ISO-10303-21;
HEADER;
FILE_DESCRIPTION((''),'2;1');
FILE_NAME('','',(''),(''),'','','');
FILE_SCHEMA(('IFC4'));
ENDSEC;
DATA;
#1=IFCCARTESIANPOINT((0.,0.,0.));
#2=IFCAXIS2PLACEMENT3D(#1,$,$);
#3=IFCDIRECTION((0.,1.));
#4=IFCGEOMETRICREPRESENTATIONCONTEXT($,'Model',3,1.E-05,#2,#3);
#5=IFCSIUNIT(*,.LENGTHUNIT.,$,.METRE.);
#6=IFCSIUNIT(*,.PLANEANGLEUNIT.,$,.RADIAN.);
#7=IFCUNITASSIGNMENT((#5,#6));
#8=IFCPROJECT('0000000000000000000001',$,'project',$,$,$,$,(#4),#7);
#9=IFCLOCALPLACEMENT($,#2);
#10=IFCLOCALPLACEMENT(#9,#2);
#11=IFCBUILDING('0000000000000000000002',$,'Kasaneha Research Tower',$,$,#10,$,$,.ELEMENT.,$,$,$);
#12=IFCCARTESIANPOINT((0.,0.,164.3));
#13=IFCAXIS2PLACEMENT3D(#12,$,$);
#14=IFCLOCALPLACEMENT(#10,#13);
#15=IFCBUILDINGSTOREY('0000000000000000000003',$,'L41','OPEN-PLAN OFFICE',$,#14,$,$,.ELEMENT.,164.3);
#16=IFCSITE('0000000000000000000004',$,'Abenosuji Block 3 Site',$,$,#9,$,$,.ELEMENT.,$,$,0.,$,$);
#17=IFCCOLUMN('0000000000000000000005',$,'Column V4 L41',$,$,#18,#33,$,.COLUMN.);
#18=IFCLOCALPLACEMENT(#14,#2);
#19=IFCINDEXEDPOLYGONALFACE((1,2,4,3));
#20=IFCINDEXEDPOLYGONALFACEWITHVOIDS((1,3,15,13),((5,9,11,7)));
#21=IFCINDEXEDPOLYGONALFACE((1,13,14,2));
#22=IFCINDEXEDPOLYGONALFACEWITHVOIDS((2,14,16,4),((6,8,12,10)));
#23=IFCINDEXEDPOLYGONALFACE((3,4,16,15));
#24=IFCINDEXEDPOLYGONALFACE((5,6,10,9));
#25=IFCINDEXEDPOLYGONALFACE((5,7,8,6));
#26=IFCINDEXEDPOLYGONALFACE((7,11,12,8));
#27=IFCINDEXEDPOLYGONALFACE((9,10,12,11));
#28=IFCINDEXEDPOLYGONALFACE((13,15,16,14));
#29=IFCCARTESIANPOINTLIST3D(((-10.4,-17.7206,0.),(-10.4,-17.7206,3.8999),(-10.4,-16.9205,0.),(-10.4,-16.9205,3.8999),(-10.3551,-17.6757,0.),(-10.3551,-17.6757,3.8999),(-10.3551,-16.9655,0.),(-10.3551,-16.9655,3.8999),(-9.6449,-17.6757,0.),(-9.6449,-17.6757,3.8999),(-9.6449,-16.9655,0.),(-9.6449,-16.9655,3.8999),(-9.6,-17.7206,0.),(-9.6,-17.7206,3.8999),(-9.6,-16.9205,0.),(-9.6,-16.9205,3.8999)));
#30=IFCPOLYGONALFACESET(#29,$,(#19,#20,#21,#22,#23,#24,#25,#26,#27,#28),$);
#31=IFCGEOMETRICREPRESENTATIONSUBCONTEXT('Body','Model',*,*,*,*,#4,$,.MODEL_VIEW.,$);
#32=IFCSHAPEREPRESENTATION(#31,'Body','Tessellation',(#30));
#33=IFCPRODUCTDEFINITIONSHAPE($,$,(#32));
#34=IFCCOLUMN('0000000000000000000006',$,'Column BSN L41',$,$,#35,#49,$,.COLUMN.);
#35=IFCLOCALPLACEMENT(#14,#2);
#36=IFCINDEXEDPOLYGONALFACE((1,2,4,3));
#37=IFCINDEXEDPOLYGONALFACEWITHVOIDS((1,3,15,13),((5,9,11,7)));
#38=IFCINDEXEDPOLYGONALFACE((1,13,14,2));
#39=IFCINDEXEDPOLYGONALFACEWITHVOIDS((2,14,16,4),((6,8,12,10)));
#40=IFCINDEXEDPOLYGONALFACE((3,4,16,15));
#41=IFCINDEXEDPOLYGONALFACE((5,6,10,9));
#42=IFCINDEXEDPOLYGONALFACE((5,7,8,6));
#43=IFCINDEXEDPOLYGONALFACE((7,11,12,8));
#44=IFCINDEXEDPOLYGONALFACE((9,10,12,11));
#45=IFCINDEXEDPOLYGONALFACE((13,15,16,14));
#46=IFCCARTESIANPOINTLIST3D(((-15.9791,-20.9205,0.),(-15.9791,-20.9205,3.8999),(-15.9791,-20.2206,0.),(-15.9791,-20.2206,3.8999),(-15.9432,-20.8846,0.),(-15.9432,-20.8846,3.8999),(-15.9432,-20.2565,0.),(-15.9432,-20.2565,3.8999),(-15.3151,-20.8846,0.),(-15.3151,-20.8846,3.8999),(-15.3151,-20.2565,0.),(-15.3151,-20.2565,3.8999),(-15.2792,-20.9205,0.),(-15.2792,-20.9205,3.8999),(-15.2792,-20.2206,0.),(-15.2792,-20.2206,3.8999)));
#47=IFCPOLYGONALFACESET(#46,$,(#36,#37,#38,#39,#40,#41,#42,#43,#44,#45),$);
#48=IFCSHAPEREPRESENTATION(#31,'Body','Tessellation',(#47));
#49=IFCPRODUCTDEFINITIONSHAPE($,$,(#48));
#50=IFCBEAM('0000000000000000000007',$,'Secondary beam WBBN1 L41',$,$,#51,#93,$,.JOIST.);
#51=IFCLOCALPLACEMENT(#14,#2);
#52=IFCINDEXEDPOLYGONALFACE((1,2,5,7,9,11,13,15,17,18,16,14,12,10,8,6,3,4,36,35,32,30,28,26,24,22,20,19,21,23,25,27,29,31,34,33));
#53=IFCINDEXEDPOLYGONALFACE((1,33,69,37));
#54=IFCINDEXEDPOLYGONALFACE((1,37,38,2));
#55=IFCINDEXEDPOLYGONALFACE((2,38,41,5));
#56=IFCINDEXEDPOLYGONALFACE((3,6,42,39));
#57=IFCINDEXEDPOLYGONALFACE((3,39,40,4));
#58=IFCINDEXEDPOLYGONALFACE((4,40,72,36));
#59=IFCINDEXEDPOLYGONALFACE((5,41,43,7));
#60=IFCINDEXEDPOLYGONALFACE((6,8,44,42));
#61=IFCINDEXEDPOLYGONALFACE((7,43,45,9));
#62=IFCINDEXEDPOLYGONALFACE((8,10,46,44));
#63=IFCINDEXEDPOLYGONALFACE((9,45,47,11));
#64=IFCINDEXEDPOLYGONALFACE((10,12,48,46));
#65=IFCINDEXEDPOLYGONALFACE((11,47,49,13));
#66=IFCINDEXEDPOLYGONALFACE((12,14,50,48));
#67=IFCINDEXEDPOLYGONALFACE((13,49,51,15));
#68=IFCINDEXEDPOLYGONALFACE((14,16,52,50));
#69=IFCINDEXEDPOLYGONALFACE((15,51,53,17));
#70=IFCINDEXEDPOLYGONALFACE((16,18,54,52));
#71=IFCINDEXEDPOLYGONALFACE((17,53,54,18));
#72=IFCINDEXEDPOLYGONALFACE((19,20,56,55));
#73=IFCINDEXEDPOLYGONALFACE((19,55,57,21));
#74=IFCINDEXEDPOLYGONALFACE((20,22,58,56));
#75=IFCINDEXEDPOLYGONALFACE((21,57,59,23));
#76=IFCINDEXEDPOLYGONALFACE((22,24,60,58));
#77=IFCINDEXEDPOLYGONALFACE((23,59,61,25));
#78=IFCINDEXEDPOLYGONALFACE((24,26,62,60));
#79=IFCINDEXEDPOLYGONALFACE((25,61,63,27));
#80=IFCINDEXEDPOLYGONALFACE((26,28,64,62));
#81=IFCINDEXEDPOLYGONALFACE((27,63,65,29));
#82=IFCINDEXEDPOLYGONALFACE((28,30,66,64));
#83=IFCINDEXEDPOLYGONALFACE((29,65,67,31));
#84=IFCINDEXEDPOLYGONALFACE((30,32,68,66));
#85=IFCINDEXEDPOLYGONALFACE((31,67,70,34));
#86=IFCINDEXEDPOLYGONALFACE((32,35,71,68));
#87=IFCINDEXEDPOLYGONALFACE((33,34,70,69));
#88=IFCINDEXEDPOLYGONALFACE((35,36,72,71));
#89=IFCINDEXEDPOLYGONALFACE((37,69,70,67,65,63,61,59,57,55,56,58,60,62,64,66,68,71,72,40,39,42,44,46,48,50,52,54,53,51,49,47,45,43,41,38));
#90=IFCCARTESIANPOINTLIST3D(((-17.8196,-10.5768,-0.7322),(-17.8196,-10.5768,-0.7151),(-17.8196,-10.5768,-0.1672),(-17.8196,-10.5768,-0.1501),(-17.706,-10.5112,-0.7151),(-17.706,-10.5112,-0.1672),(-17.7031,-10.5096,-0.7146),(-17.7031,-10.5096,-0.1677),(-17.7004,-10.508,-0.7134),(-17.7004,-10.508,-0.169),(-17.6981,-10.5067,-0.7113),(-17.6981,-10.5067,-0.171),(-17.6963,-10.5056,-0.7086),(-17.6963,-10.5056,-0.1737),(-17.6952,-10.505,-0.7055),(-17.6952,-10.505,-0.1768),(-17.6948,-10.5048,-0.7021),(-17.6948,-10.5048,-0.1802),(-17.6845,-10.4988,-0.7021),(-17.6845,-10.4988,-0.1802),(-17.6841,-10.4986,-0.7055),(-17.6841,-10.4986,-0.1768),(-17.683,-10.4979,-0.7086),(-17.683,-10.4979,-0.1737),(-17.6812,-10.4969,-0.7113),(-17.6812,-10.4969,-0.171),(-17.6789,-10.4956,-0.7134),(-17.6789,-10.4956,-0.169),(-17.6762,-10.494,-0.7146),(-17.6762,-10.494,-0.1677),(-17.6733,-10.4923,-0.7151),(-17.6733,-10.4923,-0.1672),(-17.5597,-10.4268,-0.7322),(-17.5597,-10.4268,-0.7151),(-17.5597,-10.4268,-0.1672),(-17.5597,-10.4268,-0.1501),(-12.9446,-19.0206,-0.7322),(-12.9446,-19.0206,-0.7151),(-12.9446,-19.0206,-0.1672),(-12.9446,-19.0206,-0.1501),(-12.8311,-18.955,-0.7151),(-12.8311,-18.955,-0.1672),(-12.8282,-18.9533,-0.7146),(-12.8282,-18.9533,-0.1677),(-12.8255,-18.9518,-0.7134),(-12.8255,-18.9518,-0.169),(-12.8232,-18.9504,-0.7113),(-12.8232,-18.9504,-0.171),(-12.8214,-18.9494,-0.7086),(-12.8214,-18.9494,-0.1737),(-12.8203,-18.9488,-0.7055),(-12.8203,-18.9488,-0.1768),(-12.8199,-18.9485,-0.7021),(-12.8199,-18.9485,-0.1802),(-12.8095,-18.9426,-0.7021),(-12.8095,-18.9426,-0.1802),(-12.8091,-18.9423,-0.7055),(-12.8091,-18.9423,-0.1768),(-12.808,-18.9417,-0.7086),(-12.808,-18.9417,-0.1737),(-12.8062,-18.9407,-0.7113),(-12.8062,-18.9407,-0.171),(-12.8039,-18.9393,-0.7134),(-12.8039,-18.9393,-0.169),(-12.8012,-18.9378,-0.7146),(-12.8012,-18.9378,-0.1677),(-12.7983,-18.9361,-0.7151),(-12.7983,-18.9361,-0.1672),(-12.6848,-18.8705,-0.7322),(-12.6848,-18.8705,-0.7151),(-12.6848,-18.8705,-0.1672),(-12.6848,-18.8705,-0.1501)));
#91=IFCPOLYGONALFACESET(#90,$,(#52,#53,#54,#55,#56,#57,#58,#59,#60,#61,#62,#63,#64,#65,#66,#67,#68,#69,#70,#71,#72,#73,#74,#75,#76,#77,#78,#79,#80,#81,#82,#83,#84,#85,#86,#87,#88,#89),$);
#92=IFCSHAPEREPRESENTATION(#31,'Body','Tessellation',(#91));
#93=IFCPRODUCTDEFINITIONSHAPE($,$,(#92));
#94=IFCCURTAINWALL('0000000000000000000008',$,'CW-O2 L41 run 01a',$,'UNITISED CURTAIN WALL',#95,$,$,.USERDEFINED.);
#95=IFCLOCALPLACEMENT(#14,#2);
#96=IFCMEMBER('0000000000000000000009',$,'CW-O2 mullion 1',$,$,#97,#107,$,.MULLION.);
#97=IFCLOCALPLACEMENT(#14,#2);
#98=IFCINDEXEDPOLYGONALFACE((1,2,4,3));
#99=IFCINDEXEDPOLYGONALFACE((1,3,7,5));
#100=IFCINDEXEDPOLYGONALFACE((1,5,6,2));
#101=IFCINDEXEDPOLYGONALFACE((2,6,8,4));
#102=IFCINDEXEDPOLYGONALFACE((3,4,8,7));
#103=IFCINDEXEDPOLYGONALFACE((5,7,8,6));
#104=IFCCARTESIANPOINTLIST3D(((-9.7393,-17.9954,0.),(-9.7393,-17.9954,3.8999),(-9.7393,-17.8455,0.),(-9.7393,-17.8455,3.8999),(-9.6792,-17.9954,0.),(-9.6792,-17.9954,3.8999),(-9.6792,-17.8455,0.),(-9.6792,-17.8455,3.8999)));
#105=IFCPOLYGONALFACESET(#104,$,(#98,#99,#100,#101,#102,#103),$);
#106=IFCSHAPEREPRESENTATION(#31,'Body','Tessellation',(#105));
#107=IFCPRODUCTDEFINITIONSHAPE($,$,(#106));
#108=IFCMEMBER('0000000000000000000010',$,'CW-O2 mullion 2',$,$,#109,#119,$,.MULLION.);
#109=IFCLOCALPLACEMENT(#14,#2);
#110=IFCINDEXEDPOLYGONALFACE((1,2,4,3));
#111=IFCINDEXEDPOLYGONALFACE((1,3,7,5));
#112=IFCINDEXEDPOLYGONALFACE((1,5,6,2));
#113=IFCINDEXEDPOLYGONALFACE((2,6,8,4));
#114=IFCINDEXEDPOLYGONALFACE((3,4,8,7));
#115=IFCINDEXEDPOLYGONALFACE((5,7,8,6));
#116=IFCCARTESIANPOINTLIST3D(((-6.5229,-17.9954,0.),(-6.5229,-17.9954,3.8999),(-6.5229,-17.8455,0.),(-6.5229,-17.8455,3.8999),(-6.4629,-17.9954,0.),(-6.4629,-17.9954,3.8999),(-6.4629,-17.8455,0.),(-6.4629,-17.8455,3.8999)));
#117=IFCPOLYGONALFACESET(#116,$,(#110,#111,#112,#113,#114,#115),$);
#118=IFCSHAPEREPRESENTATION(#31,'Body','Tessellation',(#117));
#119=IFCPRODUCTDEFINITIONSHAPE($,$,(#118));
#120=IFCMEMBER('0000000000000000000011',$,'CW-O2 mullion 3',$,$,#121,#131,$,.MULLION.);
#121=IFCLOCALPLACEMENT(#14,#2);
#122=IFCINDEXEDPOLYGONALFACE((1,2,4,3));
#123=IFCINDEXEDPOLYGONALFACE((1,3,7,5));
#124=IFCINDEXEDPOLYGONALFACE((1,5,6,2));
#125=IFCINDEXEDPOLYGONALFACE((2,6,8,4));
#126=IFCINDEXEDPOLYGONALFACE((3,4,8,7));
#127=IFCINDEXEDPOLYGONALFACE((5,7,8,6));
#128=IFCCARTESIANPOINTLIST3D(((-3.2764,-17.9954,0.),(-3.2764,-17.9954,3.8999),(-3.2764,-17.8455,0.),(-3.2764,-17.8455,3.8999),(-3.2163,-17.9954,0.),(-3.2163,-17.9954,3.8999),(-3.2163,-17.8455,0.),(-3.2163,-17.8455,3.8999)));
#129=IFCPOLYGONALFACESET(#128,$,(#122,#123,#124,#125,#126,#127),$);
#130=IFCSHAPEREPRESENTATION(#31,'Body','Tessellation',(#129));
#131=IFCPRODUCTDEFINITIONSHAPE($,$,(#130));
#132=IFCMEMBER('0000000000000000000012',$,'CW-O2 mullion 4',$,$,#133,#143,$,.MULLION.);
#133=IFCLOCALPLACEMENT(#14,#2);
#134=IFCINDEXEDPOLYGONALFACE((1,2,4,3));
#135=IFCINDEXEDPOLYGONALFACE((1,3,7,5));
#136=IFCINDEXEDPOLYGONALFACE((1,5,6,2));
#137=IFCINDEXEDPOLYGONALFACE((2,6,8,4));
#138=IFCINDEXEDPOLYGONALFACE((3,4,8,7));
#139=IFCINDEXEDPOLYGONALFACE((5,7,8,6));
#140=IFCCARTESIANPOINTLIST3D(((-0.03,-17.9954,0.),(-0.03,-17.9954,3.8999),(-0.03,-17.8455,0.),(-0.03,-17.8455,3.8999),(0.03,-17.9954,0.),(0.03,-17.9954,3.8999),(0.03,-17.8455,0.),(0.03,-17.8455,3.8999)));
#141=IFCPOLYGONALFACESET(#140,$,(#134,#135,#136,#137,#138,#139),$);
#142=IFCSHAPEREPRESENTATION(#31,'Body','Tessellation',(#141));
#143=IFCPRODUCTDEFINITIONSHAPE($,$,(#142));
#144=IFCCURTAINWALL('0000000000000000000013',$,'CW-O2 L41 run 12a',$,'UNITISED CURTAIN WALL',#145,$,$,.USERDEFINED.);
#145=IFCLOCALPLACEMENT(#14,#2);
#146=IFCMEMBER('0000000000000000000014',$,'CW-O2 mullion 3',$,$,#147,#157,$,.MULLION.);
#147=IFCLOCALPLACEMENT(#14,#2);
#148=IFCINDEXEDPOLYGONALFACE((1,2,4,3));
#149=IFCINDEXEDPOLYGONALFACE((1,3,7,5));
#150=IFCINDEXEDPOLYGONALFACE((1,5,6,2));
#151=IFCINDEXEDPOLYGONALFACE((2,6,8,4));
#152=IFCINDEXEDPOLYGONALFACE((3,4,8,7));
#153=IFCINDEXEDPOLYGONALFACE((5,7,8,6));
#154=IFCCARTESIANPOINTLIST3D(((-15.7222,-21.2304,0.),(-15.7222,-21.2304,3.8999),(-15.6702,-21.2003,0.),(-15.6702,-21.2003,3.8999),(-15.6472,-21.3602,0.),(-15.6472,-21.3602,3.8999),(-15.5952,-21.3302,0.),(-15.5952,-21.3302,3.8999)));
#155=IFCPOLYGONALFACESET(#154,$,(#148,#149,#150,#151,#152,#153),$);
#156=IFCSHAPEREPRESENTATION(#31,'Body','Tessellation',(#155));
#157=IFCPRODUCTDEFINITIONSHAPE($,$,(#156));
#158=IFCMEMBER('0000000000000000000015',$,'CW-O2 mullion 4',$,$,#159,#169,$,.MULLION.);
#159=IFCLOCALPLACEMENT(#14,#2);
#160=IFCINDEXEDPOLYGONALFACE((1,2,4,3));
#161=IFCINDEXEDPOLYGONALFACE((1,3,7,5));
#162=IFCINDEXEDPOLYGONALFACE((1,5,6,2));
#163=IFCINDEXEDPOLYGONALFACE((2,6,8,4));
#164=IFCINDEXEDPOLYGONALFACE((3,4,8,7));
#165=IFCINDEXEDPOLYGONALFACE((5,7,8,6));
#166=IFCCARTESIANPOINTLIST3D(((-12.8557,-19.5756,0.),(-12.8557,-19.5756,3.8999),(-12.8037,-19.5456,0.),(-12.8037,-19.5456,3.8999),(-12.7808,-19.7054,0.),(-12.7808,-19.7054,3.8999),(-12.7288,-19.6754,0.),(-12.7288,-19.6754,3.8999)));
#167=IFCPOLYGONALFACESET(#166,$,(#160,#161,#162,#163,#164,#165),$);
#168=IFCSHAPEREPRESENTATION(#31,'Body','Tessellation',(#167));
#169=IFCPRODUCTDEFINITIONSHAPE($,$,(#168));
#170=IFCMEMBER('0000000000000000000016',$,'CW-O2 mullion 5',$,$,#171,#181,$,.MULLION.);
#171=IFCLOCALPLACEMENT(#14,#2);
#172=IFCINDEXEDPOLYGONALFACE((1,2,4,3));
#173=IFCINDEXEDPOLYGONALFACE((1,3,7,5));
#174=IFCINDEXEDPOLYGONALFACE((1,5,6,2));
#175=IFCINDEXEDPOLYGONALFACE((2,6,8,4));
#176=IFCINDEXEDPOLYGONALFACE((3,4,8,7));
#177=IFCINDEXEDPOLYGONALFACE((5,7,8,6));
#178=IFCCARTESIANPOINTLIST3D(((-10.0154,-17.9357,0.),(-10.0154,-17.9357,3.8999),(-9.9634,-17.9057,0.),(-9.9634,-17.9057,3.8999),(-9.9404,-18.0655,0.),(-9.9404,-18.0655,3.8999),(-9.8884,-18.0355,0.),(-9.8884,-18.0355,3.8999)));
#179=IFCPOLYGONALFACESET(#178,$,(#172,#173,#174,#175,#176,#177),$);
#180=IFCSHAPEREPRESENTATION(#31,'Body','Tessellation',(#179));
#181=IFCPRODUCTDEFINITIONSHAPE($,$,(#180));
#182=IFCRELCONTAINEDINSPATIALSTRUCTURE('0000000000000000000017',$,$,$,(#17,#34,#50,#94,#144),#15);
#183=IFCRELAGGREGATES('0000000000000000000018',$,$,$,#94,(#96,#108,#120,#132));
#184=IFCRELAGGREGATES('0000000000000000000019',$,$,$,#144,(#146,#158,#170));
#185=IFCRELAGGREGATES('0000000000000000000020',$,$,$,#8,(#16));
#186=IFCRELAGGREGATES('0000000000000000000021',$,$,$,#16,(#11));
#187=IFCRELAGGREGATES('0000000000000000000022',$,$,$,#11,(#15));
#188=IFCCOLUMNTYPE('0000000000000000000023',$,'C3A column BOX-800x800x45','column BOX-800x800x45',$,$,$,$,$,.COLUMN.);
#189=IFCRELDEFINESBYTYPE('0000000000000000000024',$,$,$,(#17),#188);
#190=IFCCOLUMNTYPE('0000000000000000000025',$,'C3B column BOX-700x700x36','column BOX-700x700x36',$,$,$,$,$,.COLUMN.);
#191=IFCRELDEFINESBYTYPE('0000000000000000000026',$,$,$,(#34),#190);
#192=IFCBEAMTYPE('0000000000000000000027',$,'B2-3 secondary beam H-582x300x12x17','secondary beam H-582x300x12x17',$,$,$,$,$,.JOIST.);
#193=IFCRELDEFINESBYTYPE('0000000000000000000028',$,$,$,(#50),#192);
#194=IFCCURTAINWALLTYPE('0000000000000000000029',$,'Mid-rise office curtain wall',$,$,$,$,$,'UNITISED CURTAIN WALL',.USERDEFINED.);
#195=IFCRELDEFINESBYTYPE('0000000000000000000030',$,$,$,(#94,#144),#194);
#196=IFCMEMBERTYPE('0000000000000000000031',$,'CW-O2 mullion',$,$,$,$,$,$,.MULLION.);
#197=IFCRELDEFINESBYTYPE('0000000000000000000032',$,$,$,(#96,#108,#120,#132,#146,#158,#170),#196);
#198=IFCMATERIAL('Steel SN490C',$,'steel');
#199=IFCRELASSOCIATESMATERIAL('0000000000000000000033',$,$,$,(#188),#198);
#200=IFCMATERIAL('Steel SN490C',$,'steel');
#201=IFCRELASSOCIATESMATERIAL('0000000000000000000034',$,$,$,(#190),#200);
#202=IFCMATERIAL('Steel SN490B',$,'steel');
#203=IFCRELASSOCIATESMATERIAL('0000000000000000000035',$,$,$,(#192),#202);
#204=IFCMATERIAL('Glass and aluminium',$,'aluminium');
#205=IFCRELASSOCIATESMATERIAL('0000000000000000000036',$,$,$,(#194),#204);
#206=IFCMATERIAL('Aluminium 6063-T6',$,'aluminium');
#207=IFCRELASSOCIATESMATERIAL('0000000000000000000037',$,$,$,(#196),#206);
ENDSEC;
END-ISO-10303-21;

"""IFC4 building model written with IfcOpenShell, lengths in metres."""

from ifc_helpers import new_model, si_unit, direction, frame, origin, origin_2d, place, context, subcontext, project, spatial, rectangle, hollow_rectangle, i_section, extrude, material, material_profile, profile_set, type_object, element, aggregate, save


model = new_model("IFC4")

# Units and contexts
model_context = context("Model", 3, precision=1e-05, world=origin(), true_north=direction((0.0, 1.0)))
body_context = subcontext(model_context, "Body", "Model", "MODEL_VIEW")
ifc_project = project(units=[si_unit("LENGTHUNIT", "METRE"), si_unit("PLANEANGLEUNIT", "RADIAN")], contexts=[model_context])

# Site, building, storey
site_placement = place(None, origin())
site = spatial("IfcSite", under=ifc_project, at=site_placement, Name="Abenosuji Block 3 Site", CompositionType="ELEMENT", RefElevation=0.0)
building_placement = place(site_placement, origin())
building = spatial("IfcBuilding", under=site, at=building_placement, Name="Kasaneha Research Tower", CompositionType="ELEMENT")
storey_placement = place(building_placement, frame((0.0, 0.0, 164.3)))
storey = spatial("IfcBuildingStorey", under=building, at=storey_placement, Name="L41", Description="OPEN-PLAN OFFICE", CompositionType="ELEMENT", Elevation=164.3)

# Columns
ifc_material_1 = material(Name="Steel SN490C", Category="steel")
ifc_material_profile_1 = material_profile(ifc_material_1, hollow_rectangle(XDim=0.8, YDim=0.8, WallThickness=0.0449, at=origin_2d()), Name="BOX-800x800x45")
ifc_profile_set_1 = profile_set([ifc_material_profile_1], Name="Steel SN490C")
column_type_1 = type_object("IfcColumnType", Name="C3A column BOX-800x800x45", Description="column BOX-800x800x45", PredefinedType="COLUMN", material=ifc_profile_set_1)
column_1_placement = place(storey_placement, frame((-10.0, -17.3206, 0.0), z_axis=(0.0, 0.0, 1.0), x_axis=(1.0, 0.0, 0.0)))
element("IfcColumn", 1, at=column_1_placement, inside=storey, type_object=column_type_1, Name="Column V4 L41", PredefinedType="COLUMN", context=body_context, shape_type="SweptSolid", body=[
    extrude(hollow_rectangle(XDim=0.8, YDim=0.8, WallThickness=0.0449, at=origin_2d()), origin(), (0.0, 0.0, 1.0), 3.8999),
])
ifc_material_2 = material(Name="Steel SN490C", Category="steel")
ifc_material_profile_2 = material_profile(ifc_material_2, hollow_rectangle(XDim=0.7, YDim=0.7, WallThickness=0.0359, at=origin_2d()), Name="BOX-700x700x36")
ifc_profile_set_2 = profile_set([ifc_material_profile_2], Name="Steel SN490C")
column_type_2 = type_object("IfcColumnType", Name="C3B column BOX-700x700x36", Description="column BOX-700x700x36", PredefinedType="COLUMN", material=ifc_profile_set_2)
column_2_placement = place(storey_placement, frame((-15.6292, -20.5706, 0.0), z_axis=(0.0, 0.0, 1.0), x_axis=(1.0, 0.0, 0.0)))
element("IfcColumn", 2, at=column_2_placement, inside=storey, type_object=column_type_2, Name="Column BSN L41", PredefinedType="COLUMN", context=body_context, shape_type="SweptSolid", body=[
    extrude(hollow_rectangle(XDim=0.7, YDim=0.7, WallThickness=0.0359, at=origin_2d()), origin(), (0.0, 0.0, 1.0), 3.8999),
])

# Beam
ifc_material_3 = material(Name="Steel SN490B", Category="steel")
ifc_material_profile_3 = material_profile(ifc_material_3, i_section(OverallWidth=0.3, OverallDepth=0.582, WebThickness=0.012, FlangeThickness=0.0171, FilletRadius=0.0129, at=origin_2d()), Name="H-582x300x12x17")
ifc_profile_set_3 = profile_set([ifc_material_profile_3], Name="Steel SN490B")
beam_type_1 = type_object("IfcBeamType", Name="B2-3 secondary beam H-582x300x12x17", Description="secondary beam H-582x300x12x17", PredefinedType="JOIST", material=ifc_profile_set_3)
beam_1_placement = place(storey_placement, frame((-12.8147, -18.9456, -0.4412), z_axis=(-0.499996, 0.866028, 0.0), x_axis=(-0.866028, -0.499996, 0.0)))
element("IfcBeam", 3, at=beam_1_placement, inside=storey, type_object=beam_type_1, Name="Secondary beam WBBN1 L41", PredefinedType="JOIST", context=body_context, shape_type="SweptSolid", body=[
    extrude(i_section(OverallWidth=0.3, OverallDepth=0.582, WebThickness=0.012, FlangeThickness=0.0171, FilletRadius=0.0129, at=origin_2d()), origin(), (0.0, 0.0, 1.0), 9.75),
])

# Curtain walls, members
ifc_material_4 = material(Name="Glass and aluminium", Category="aluminium")
curtain_wall_type = type_object("IfcCurtainWallType", Name="Mid-rise office curtain wall", ElementType="UNITISED CURTAIN WALL", PredefinedType="USERDEFINED", material=ifc_material_4)
curtain_wall_1_placement = place(storey_placement, origin())
curtain_wall_1 = element("IfcCurtainWall", 4, at=curtain_wall_1_placement, inside=storey, type_object=curtain_wall_type, Name="CW-O2 L41 run 01a", ObjectType="UNITISED CURTAIN WALL", PredefinedType="USERDEFINED")
ifc_material_5 = material(Name="Aluminium 6063-T6", Category="aluminium")
ifc_material_profile_4 = material_profile(ifc_material_5, rectangle(XDim=0.0601, YDim=0.1499, at=origin_2d()), Name="CW-O2 mullion 60x150")
ifc_profile_set_4 = profile_set([ifc_material_profile_4], Name="Aluminium 6063-T6")
member_type_1 = type_object("IfcMemberType", Name="CW-O2 mullion", PredefinedType="MULLION", material=ifc_profile_set_4)
member_1_placement = place(storey_placement, frame((-9.7092, -17.9204, 0.0), z_axis=(0.0, 0.0, 1.0), x_axis=(1.0, 0.0, 0.0)))
member_1 = element("IfcMember", 5, at=member_1_placement, type_object=member_type_1, Name="CW-O2 mullion 1", PredefinedType="MULLION", context=body_context, shape_type="SweptSolid", body=[
    extrude(rectangle(XDim=0.0601, YDim=0.1499, at=origin_2d()), origin(), (0.0, 0.0, 1.0), 3.8999),
])
member_2_placement = place(storey_placement, frame((-6.4929, -17.9204, 0.0), z_axis=(0.0, 0.0, 1.0), x_axis=(1.0, 0.0, 0.0)))
member_2 = element("IfcMember", 6, at=member_2_placement, type_object=member_type_1, Name="CW-O2 mullion 2", PredefinedType="MULLION", context=body_context, shape_type="SweptSolid", body=[
    extrude(rectangle(XDim=0.0601, YDim=0.1499, at=origin_2d()), origin(), (0.0, 0.0, 1.0), 3.8999),
])
member_3_placement = place(storey_placement, frame((-3.2463, -17.9204, 0.0), z_axis=(0.0, 0.0, 1.0), x_axis=(1.0, 0.0, 0.0)))
member_3 = element("IfcMember", 7, at=member_3_placement, type_object=member_type_1, Name="CW-O2 mullion 3", PredefinedType="MULLION", context=body_context, shape_type="SweptSolid", body=[
    extrude(rectangle(XDim=0.0601, YDim=0.1499, at=origin_2d()), origin(), (0.0, 0.0, 1.0), 3.8999),
])
member_4_placement = place(storey_placement, frame((0.0, -17.9204, 0.0), z_axis=(0.0, 0.0, 1.0), x_axis=(1.0, 0.0, 0.0)))
member_4 = element("IfcMember", 8, at=member_4_placement, type_object=member_type_1, Name="CW-O2 mullion 4", PredefinedType="MULLION", context=body_context, shape_type="SweptSolid", body=[
    extrude(rectangle(XDim=0.0601, YDim=0.1499, at=origin_2d()), origin(), (0.0, 0.0, 1.0), 3.8999),
])
curtain_wall_2_placement = place(storey_placement, origin())
curtain_wall_2 = element("IfcCurtainWall", 9, at=curtain_wall_2_placement, inside=storey, type_object=curtain_wall_type, Name="CW-O2 L41 run 12a", ObjectType="UNITISED CURTAIN WALL", PredefinedType="USERDEFINED")
member_5_placement = place(storey_placement, frame((-15.6587, -21.2803, 0.0), z_axis=(0.0, 0.0, 1.0), x_axis=(0.866025, 0.5, 0.0)))
member_5 = element("IfcMember", 10, at=member_5_placement, type_object=member_type_1, Name="CW-O2 mullion 3", PredefinedType="MULLION", context=body_context, shape_type="SweptSolid", body=[
    extrude(rectangle(XDim=0.0601, YDim=0.1499, at=origin_2d()), origin(), (0.0, 0.0, 1.0), 3.8999),
])
member_6_placement = place(storey_placement, frame((-12.7922, -19.6255, 0.0), z_axis=(0.0, 0.0, 1.0), x_axis=(0.866025, 0.5, 0.0)))
member_6 = element("IfcMember", 11, at=member_6_placement, type_object=member_type_1, Name="CW-O2 mullion 4", PredefinedType="MULLION", context=body_context, shape_type="SweptSolid", body=[
    extrude(rectangle(XDim=0.0601, YDim=0.1499, at=origin_2d()), origin(), (0.0, 0.0, 1.0), 3.8999),
])
member_7_placement = place(storey_placement, frame((-9.9519, -17.9856, 0.0), z_axis=(0.0, 0.0, 1.0), x_axis=(0.866025, 0.5, 0.0)))
member_7 = element("IfcMember", 12, at=member_7_placement, type_object=member_type_1, Name="CW-O2 mullion 5", PredefinedType="MULLION", context=body_context, shape_type="SweptSolid", body=[
    extrude(rectangle(XDim=0.0601, YDim=0.1499, at=origin_2d()), origin(), (0.0, 0.0, 1.0), 3.8999),
])

aggregate(curtain_wall_1, [member_1, member_2, member_3, member_4])
aggregate(curtain_wall_2, [member_5, member_6, member_7])

save(model, "model.ifc")
